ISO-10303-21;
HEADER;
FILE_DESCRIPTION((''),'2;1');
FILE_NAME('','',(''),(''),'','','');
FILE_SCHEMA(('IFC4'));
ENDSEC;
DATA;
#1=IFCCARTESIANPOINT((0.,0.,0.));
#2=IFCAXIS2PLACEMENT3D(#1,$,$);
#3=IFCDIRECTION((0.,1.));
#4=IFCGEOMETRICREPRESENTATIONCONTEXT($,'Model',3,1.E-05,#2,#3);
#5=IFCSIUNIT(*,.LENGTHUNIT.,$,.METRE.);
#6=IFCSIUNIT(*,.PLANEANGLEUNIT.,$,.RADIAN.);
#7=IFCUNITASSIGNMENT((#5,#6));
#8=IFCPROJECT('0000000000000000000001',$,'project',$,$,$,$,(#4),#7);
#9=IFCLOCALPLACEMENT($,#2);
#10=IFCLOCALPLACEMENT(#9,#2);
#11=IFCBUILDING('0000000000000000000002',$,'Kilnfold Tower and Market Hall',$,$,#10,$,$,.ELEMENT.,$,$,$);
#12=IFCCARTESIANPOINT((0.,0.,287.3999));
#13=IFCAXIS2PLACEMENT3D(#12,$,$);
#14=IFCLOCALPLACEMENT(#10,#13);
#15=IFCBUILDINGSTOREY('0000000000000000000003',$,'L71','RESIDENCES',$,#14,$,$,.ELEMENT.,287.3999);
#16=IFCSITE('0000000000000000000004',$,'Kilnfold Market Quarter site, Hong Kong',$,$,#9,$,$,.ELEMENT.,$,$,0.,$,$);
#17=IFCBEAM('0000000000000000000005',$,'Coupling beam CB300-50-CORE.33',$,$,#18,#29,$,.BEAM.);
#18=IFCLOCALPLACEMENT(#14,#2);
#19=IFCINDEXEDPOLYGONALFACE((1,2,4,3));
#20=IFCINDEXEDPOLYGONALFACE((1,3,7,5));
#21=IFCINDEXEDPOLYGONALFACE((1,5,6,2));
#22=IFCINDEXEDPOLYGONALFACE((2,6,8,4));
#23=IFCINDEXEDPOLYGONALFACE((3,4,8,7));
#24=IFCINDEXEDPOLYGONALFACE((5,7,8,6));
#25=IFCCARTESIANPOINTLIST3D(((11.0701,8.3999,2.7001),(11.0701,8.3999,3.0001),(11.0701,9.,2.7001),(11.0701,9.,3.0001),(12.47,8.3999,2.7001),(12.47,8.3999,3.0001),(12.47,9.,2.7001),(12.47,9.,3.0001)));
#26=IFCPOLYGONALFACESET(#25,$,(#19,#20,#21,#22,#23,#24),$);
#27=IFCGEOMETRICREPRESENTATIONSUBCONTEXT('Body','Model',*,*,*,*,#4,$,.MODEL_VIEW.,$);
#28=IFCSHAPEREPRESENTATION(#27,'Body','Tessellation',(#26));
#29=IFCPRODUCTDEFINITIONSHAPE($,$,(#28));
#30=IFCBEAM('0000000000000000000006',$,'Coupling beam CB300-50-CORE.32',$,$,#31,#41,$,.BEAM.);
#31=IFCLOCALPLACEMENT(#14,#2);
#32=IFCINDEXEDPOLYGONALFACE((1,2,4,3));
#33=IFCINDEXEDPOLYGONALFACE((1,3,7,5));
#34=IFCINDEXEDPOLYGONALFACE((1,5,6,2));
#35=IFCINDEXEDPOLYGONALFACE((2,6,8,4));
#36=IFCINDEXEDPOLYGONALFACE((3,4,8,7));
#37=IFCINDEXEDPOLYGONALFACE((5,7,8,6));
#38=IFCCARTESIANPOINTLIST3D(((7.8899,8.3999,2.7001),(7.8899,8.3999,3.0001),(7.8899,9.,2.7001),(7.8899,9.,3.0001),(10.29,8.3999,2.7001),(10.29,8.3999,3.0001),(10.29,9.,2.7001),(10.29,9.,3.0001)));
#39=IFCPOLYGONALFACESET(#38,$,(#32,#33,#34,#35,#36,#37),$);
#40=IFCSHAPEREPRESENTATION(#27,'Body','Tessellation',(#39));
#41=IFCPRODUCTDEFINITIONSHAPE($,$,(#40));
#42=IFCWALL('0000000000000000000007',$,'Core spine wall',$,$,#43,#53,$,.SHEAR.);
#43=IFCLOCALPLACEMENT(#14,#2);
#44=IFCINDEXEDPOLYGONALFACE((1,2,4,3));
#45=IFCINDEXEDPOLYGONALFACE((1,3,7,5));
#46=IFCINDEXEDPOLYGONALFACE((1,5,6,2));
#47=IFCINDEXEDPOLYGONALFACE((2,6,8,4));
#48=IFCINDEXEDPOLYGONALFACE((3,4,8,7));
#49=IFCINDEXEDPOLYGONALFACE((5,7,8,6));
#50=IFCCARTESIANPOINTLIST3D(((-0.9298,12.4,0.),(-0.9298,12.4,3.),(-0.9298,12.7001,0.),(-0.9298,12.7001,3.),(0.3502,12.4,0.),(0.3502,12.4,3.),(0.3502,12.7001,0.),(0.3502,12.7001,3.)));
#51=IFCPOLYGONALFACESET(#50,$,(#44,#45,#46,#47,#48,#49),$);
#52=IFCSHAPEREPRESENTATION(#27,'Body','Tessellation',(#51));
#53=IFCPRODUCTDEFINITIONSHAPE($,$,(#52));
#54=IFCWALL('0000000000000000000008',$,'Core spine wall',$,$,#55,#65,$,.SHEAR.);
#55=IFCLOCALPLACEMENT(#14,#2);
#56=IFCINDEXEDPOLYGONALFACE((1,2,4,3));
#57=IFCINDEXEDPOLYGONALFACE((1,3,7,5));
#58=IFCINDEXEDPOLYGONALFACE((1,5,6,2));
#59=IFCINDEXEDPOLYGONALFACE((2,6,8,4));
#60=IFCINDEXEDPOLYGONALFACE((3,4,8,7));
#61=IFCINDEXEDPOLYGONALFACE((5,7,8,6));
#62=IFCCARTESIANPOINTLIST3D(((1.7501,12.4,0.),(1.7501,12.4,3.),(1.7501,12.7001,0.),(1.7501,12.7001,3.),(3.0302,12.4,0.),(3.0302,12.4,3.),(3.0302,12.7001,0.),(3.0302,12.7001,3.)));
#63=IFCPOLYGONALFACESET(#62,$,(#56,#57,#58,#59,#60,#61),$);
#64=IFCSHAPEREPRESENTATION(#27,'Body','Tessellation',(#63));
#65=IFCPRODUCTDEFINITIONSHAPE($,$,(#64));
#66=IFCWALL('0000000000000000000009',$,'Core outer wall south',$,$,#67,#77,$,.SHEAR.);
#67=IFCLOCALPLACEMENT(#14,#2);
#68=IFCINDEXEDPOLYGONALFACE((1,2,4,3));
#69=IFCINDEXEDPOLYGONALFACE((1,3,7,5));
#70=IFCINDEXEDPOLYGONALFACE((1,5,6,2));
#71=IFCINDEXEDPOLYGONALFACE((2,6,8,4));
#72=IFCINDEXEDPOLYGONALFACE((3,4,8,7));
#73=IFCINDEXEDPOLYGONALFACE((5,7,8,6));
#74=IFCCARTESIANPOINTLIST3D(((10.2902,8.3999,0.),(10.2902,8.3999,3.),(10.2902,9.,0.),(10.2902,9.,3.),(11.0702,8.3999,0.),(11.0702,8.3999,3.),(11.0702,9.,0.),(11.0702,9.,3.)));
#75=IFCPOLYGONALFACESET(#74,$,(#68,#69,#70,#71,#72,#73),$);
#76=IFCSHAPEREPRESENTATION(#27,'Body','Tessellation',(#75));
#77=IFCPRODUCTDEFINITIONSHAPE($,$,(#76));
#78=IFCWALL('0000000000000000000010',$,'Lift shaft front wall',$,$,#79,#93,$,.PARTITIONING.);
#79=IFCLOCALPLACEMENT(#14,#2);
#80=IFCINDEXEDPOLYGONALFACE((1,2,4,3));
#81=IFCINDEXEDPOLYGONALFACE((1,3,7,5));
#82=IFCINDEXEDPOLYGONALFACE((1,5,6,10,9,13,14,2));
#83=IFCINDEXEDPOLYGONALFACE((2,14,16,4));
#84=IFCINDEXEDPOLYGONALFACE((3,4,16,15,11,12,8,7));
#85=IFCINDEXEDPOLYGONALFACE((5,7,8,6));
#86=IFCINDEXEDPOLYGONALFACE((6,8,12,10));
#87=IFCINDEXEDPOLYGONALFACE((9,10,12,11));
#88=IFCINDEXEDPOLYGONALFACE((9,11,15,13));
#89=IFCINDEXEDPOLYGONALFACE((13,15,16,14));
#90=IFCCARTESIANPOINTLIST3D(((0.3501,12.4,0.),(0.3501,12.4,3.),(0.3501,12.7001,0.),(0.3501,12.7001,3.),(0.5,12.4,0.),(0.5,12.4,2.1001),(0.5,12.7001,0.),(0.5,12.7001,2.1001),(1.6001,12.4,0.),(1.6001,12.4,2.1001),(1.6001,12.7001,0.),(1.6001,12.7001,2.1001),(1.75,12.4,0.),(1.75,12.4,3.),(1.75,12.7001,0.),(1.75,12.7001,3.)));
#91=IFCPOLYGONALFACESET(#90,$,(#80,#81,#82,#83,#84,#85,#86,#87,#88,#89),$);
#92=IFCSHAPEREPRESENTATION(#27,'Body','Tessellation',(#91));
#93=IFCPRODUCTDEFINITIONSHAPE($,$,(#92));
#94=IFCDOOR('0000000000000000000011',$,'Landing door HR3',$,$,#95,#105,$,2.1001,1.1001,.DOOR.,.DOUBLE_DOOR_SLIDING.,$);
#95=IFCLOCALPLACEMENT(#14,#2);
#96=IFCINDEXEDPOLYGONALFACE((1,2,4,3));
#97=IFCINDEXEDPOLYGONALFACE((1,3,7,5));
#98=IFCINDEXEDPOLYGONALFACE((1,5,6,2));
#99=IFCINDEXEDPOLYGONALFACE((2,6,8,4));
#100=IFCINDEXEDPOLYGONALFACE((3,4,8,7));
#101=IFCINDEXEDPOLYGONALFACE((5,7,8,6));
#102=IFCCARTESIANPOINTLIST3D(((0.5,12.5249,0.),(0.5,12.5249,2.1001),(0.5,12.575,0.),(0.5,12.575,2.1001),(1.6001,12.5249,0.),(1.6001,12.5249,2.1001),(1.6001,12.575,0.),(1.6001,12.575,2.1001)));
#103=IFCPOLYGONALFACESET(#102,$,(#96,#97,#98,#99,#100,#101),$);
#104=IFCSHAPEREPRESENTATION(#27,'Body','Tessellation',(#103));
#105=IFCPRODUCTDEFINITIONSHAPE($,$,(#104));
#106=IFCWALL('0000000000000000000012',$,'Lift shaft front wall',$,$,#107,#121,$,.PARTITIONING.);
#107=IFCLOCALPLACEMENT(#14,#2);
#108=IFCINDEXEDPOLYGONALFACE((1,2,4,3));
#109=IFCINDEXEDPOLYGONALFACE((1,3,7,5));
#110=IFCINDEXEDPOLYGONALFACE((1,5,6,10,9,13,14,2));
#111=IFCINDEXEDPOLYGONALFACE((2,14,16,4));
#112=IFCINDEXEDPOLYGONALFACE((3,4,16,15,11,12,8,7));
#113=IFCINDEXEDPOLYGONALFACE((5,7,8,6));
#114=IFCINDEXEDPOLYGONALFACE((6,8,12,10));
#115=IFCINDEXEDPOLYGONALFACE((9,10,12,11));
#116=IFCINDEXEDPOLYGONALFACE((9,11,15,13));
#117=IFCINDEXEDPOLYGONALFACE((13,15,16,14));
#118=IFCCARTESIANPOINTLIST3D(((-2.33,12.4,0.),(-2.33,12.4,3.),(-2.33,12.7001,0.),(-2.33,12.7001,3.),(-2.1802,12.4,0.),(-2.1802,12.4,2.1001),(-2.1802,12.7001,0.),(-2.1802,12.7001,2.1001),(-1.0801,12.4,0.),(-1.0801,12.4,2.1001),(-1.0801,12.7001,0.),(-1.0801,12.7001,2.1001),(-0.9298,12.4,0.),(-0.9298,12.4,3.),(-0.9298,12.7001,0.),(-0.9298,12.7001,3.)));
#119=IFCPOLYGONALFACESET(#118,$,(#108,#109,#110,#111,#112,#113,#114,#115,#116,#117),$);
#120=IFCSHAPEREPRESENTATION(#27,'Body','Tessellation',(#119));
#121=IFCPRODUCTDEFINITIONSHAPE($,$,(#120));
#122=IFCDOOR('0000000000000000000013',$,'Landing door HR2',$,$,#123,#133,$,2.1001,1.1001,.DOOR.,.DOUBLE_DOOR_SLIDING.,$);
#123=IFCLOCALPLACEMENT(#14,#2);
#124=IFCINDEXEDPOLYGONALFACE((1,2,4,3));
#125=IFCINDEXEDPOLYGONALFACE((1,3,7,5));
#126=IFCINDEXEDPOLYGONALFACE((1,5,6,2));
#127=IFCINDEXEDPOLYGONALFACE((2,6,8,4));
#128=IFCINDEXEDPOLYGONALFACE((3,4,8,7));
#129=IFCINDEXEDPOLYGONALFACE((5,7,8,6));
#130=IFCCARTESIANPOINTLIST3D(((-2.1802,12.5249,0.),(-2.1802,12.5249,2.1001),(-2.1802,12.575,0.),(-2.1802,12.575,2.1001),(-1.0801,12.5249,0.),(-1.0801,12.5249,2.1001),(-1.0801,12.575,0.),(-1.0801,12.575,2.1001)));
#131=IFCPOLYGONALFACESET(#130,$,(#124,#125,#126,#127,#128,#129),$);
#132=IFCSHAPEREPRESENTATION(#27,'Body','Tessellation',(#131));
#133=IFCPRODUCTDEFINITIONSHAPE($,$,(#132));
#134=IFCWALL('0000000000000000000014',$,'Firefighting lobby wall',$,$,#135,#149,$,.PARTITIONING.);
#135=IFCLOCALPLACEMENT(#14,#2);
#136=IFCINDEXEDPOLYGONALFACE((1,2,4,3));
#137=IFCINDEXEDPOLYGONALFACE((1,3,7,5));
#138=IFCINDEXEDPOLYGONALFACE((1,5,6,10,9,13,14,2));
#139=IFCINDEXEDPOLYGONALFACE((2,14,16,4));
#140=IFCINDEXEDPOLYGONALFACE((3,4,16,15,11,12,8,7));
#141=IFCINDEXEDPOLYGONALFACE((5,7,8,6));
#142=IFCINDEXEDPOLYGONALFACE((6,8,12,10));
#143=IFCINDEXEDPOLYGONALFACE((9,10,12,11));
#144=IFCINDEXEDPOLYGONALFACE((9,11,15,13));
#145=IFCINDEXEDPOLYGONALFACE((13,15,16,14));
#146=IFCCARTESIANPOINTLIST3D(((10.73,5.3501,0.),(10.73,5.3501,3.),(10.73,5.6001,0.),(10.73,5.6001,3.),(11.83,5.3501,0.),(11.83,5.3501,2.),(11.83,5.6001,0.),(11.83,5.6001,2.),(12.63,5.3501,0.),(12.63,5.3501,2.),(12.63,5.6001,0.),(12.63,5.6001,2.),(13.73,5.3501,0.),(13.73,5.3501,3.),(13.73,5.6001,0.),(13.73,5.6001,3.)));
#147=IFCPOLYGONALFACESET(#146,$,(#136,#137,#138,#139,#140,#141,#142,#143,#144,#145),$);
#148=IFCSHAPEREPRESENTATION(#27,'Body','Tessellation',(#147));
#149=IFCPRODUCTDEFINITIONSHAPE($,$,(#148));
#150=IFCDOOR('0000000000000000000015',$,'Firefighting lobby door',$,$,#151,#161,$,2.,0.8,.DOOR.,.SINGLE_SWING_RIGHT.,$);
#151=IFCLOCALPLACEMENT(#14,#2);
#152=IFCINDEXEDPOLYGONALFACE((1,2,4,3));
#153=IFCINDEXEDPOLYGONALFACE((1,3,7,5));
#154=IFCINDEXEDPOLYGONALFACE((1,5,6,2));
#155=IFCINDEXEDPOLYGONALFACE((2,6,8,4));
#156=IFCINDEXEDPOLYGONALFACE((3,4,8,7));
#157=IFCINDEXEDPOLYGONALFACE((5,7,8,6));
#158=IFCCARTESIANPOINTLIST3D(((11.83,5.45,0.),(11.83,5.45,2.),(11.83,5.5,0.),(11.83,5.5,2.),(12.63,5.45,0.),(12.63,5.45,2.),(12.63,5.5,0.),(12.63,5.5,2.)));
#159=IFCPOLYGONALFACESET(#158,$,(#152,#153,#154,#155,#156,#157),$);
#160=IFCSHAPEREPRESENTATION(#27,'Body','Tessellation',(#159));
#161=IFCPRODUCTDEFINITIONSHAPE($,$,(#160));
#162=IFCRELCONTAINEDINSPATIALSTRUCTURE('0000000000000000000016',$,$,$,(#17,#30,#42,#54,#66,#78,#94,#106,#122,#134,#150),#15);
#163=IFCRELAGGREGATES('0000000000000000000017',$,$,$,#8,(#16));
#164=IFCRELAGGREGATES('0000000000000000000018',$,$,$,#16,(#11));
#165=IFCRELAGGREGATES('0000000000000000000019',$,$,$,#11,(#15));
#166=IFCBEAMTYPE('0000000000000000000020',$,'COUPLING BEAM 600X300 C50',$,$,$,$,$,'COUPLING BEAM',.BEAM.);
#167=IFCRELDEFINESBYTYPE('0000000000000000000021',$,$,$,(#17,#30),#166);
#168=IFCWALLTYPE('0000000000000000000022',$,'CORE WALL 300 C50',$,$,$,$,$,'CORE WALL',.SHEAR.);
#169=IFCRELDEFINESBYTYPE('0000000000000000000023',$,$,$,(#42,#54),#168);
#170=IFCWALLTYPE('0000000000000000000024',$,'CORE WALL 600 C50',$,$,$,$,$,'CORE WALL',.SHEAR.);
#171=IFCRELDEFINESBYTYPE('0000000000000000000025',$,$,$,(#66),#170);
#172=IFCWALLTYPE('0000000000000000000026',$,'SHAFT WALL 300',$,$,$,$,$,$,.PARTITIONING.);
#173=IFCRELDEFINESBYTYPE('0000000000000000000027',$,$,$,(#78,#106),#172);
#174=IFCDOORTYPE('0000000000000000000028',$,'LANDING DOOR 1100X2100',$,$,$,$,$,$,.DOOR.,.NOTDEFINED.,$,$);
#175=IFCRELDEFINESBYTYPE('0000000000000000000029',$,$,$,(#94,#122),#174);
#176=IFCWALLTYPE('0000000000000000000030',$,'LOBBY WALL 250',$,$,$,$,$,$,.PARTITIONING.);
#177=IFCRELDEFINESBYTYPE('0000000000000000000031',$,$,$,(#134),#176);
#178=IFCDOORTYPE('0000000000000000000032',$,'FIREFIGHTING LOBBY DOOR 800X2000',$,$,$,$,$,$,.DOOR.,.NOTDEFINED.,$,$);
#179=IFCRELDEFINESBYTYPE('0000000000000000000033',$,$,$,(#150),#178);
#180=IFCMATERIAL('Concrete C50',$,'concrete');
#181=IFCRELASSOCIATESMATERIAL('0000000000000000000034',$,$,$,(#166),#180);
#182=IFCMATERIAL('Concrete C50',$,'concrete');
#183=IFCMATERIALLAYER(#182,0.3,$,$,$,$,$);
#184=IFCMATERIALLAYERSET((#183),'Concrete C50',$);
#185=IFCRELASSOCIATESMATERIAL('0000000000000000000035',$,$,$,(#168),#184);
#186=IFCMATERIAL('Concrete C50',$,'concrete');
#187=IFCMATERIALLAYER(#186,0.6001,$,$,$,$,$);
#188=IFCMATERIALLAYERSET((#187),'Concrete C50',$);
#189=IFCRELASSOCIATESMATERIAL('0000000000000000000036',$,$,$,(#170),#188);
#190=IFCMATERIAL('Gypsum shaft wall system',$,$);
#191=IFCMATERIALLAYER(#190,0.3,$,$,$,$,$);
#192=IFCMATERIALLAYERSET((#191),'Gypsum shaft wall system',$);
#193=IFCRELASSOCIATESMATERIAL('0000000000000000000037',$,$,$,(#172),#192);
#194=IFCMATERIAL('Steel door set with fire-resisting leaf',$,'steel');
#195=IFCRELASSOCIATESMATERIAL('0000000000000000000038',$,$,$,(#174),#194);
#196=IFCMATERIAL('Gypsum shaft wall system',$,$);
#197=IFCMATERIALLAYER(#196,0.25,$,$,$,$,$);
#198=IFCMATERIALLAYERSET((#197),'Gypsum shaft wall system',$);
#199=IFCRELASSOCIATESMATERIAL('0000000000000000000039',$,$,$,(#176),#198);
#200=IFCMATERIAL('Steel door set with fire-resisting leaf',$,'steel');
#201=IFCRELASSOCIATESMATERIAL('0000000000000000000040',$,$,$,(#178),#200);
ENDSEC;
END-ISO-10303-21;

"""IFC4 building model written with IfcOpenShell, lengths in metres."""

from ifc_helpers import new_model, si_unit, direction, frame, frame_2d, origin, origin_2d, place, context, subcontext, project, spatial, rectangle, extrude, source, transform, mapped, material, layer, layer_set, material_profile, profile_set, type_object, element, fill, save


model = new_model("IFC4")

# Units and contexts
model_context = context("Model", 3, precision=1e-05, world=origin(), true_north=direction((0.0, 1.0)))
body_context = subcontext(model_context, "Body", "Model", "MODEL_VIEW")
ifc_project = project(units=[si_unit("LENGTHUNIT", "METRE"), si_unit("PLANEANGLEUNIT", "RADIAN")], contexts=[model_context])

# Site, building, storey
site_placement = place(None, origin())
site = spatial("IfcSite", under=ifc_project, at=site_placement, Name="Kilnfold Market Quarter site, Hong Kong", CompositionType="ELEMENT", RefElevation=0.0)
building_placement = place(site_placement, origin())
building = spatial("IfcBuilding", under=site, at=building_placement, Name="Kilnfold Tower and Market Hall", CompositionType="ELEMENT")
storey_placement = place(building_placement, frame((0.0, 0.0, 287.3999)))
storey = spatial("IfcBuildingStorey", under=building, at=storey_placement, Name="L71", Description="RESIDENCES", CompositionType="ELEMENT", Elevation=287.3999)

# Beams
ifc_material_1 = material(Name="Concrete C50", Category="concrete")
ifc_material_profile = material_profile(ifc_material_1, rectangle(XDim=0.6001, YDim=0.3, at=origin_2d()), Name="RC 600x300")
ifc_profile_set = profile_set([ifc_material_profile], Name="Concrete C50")
beam_type = type_object("IfcBeamType", Name="COUPLING BEAM 600X300 C50", ElementType="COUPLING BEAM", PredefinedType="BEAM", material=ifc_profile_set)
shared_shape_1 = source(origin(), body_context, "Body", "SweptSolid", [
    extrude(rectangle(XDim=0.6001, YDim=0.3, at=origin_2d()), origin(), (0.0, 0.0, 1.0), 1.3999),
])
beam_1_placement = place(storey_placement, frame((11.0701, 8.7, 2.8501), z_axis=(1.0, 0.0, 0.0), x_axis=(0.0, 1.0, 0.0)))
element("IfcBeam", 1, at=beam_1_placement, inside=storey, type_object=beam_type, Name="Coupling beam CB300-50-CORE.33", PredefinedType="BEAM", context=body_context, shape_type="MappedRepresentation", body=[
    mapped(shared_shape_1, transform((0.0, 0.0, 0.0))),
])
shared_shape_2 = source(origin(), body_context, "Body", "SweptSolid", [
    extrude(rectangle(XDim=0.6001, YDim=0.3, at=origin_2d()), origin(), (0.0, 0.0, 1.0), 2.4001),
])
beam_2_placement = place(storey_placement, frame((7.8899, 8.7, 2.8501), z_axis=(1.0, 0.0, 0.0), x_axis=(0.0, 1.0, 0.0)))
element("IfcBeam", 2, at=beam_2_placement, inside=storey, type_object=beam_type, Name="Coupling beam CB300-50-CORE.32", PredefinedType="BEAM", context=body_context, shape_type="MappedRepresentation", body=[
    mapped(shared_shape_2, transform((0.0, 0.0, 0.0))),
])

# Walls
ifc_material_2 = material(Name="Concrete C50", Category="concrete")
ifc_layer_1 = layer(ifc_material_2, 0.3)
ifc_layer_set_1 = layer_set([ifc_layer_1], Name="Concrete C50")
wall_type_1 = type_object("IfcWallType", Name="CORE WALL 300 C50", ElementType="CORE WALL", PredefinedType="SHEAR", material=ifc_layer_set_1)
shared_shape_3 = source(origin(), body_context, "Body", "SweptSolid", [
    extrude(rectangle(XDim=1.28, YDim=0.3, at=frame_2d((0.6401, 0.0))), origin(), (0.0, 0.0, 1.0), 3.0),
])
for number, where, z_axis, x_axis, name in (
    (3, (-0.9299, 12.55, 0.0), (0.0, 0.0, 1.0), (1.0, 0.0, 0.0), "Core spine wall"),
    (4, (1.75, 12.55, 0.0), (0.0, 0.0, 1.0), (1.0, 0.0, 0.0), "Core spine wall"),
):
    element("IfcWall", number, at=place(storey_placement, frame(where, z_axis=z_axis, x_axis=x_axis)), inside=storey, type_object=wall_type_1, Name=name, PredefinedType="SHEAR", context=body_context, shape_type="MappedRepresentation", body=[
        mapped(shared_shape_3, transform((0.0, 0.0, 0.0))),
    ])
ifc_material_3 = material(Name="Concrete C50", Category="concrete")
ifc_layer_2 = layer(ifc_material_3, 0.6001)
ifc_layer_set_2 = layer_set([ifc_layer_2], Name="Concrete C50")
wall_type_2 = type_object("IfcWallType", Name="CORE WALL 600 C50", ElementType="CORE WALL", PredefinedType="SHEAR", material=ifc_layer_set_2)
shared_shape_4 = source(origin(), body_context, "Body", "SweptSolid", [
    extrude(rectangle(XDim=0.78, YDim=0.6001, at=frame_2d((0.3901, 0.0))), origin(), (0.0, 0.0, 1.0), 3.0),
])
wall_1_placement = place(storey_placement, frame((10.29, 8.7, 0.0), z_axis=(0.0, 0.0, 1.0), x_axis=(1.0, 0.0, 0.0)))
element("IfcWall", 5, at=wall_1_placement, inside=storey, type_object=wall_type_2, Name="Core outer wall south", PredefinedType="SHEAR", context=body_context, shape_type="MappedRepresentation", body=[
    mapped(shared_shape_4, transform((0.0, 0.0, 0.0))),
])

# Walls, openings, doors
ifc_material_4 = material(Name="Gypsum shaft wall system")
ifc_layer_3 = layer(ifc_material_4, 0.3)
ifc_layer_set_3 = layer_set([ifc_layer_3], Name="Gypsum shaft wall system")
wall_type_3 = type_object("IfcWallType", Name="SHAFT WALL 300", PredefinedType="PARTITIONING", material=ifc_layer_set_3)
shared_shape_5 = source(origin(), body_context, "Body", "SweptSolid", [
    extrude(rectangle(XDim=1.3999, YDim=0.3, at=frame_2d((0.7, 0.0))), origin(), (0.0, 0.0, 1.0), 3.0),
])
wall_2_placement = place(storey_placement, frame((0.3501, 12.55, 0.0), z_axis=(0.0, 0.0, 1.0), x_axis=(1.0, 0.0, 0.0)))
wall_2 = element("IfcWall", 6, at=wall_2_placement, inside=storey, type_object=wall_type_3, Name="Lift shaft front wall", PredefinedType="PARTITIONING", context=body_context, shape_type="MappedRepresentation", body=[
    mapped(shared_shape_5, transform((0.0, 0.0, 0.0))),
])
opening_1_placement = place(wall_2_placement, frame((0.1499, 0.0, 0.0)))
opening_1 = element("IfcOpeningElement", 7, at=opening_1_placement, cuts=wall_2, PredefinedType="OPENING", context=body_context, shape_type="SweptSolid", body=[
    extrude(rectangle(XDim=1.1001, YDim=2.1001, at=frame_2d((0.55, 1.05))), frame((0.0, 0.1602, 0.0), z_axis=(0.0, -1.0, 0.0), x_axis=(1.0, 0.0, 0.0)), (0.0, 0.0, 1.0), 0.3201),
])
ifc_material_5 = material(Name="Steel door set with fire-resisting leaf", Category="steel")
door_type_1 = type_object("IfcDoorType", Name="LANDING DOOR 1100X2100", OperationType="NOTDEFINED", PredefinedType="DOOR", material=ifc_material_5)
door_1_placement = place(opening_1_placement, origin())
door_1 = element("IfcDoor", 8, at=door_1_placement, inside=storey, type_object=door_type_1, Name="Landing door HR3", OperationType="DOUBLE_DOOR_SLIDING", OverallHeight=2.1001, OverallWidth=1.1001, PredefinedType="DOOR", context=body_context, shape_type="SweptSolid", body=[
    extrude(rectangle(XDim=1.1001, YDim=2.1001, at=frame_2d((0.55, 1.05))), frame((0.0, 0.0249, 0.0), z_axis=(0.0, -1.0, 0.0), x_axis=(1.0, 0.0, 0.0)), (0.0, 0.0, 1.0), 0.05),
])
fill(opening_1, door_1)
shared_shape_6 = source(origin(), body_context, "Body", "SweptSolid", [
    extrude(rectangle(XDim=1.4001, YDim=0.3, at=frame_2d((0.7002, 0.0))), origin(), (0.0, 0.0, 1.0), 3.0),
])
wall_3_placement = place(storey_placement, frame((-2.3301, 12.55, 0.0), z_axis=(0.0, 0.0, 1.0), x_axis=(1.0, 0.0, 0.0)))
wall_3 = element("IfcWall", 9, at=wall_3_placement, inside=storey, type_object=wall_type_3, Name="Lift shaft front wall", PredefinedType="PARTITIONING", context=body_context, shape_type="MappedRepresentation", body=[
    mapped(shared_shape_6, transform((0.0, 0.0, 0.0))),
])
opening_2_placement = place(wall_3_placement, frame((0.1499, 0.0, 0.0)))
opening_2 = element("IfcOpeningElement", 10, at=opening_2_placement, cuts=wall_3, PredefinedType="OPENING", context=body_context, shape_type="SweptSolid", body=[
    extrude(rectangle(XDim=1.1001, YDim=2.1001, at=frame_2d((0.55, 1.05))), frame((0.0, 0.1602, 0.0), z_axis=(0.0, -1.0, 0.0), x_axis=(1.0, 0.0, 0.0)), (0.0, 0.0, 1.0), 0.3201),
])
door_2_placement = place(opening_2_placement, origin())
door_2 = element("IfcDoor", 11, at=door_2_placement, inside=storey, type_object=door_type_1, Name="Landing door HR2", OperationType="DOUBLE_DOOR_SLIDING", OverallHeight=2.1001, OverallWidth=1.1001, PredefinedType="DOOR", context=body_context, shape_type="SweptSolid", body=[
    extrude(rectangle(XDim=1.1001, YDim=2.1001, at=frame_2d((0.55, 1.05))), frame((0.0, 0.0249, 0.0), z_axis=(0.0, -1.0, 0.0), x_axis=(1.0, 0.0, 0.0)), (0.0, 0.0, 1.0), 0.05),
])
fill(opening_2, door_2)
ifc_material_6 = material(Name="Gypsum shaft wall system")
ifc_layer_4 = layer(ifc_material_6, 0.25)
ifc_layer_set_4 = layer_set([ifc_layer_4], Name="Gypsum shaft wall system")
wall_type_4 = type_object("IfcWallType", Name="LOBBY WALL 250", PredefinedType="PARTITIONING", material=ifc_layer_set_4)
shared_shape_7 = source(origin(), body_context, "Body", "SweptSolid", [
    extrude(rectangle(XDim=3.0, YDim=0.25, at=frame_2d((1.5, 0.0))), origin(), (0.0, 0.0, 1.0), 3.0),
])
wall_4_placement = place(storey_placement, frame((10.73, 5.4751, 0.0), z_axis=(0.0, 0.0, 1.0), x_axis=(1.0, 0.0, 0.0)))
wall_4 = element("IfcWall", 12, at=wall_4_placement, inside=storey, type_object=wall_type_4, Name="Firefighting lobby wall", PredefinedType="PARTITIONING", context=body_context, shape_type="MappedRepresentation", body=[
    mapped(shared_shape_7, transform((0.0, 0.0, 0.0))),
])
opening_3_placement = place(wall_4_placement, frame((1.1001, 0.0, 0.0)))
opening_3 = element("IfcOpeningElement", 13, at=opening_3_placement, cuts=wall_4, PredefinedType="OPENING", context=body_context, shape_type="SweptSolid", body=[
    extrude(rectangle(XDim=0.8, YDim=2.0, at=frame_2d((0.3999, 1.0))), frame((0.0, 0.135, 0.0), z_axis=(0.0, -1.0, 0.0), x_axis=(1.0, 0.0, 0.0)), (0.0, 0.0, 1.0), 0.27),
])
ifc_material_7 = material(Name="Steel door set with fire-resisting leaf", Category="steel")
door_type_2 = type_object("IfcDoorType", Name="FIREFIGHTING LOBBY DOOR 800X2000", OperationType="NOTDEFINED", PredefinedType="DOOR", material=ifc_material_7)
door_3_placement = place(opening_3_placement, origin())
door_3 = element("IfcDoor", 14, at=door_3_placement, inside=storey, type_object=door_type_2, Name="Firefighting lobby door", OperationType="SINGLE_SWING_RIGHT", OverallHeight=2.0, OverallWidth=0.8, PredefinedType="DOOR", context=body_context, shape_type="SweptSolid", body=[
    extrude(rectangle(XDim=0.8, YDim=2.0, at=frame_2d((0.3999, 1.0))), frame((0.0, 0.0249, 0.0), z_axis=(0.0, -1.0, 0.0), x_axis=(1.0, 0.0, 0.0)), (0.0, 0.0, 1.0), 0.05),
])
fill(opening_3, door_3)

save(model, "model.ifc")
